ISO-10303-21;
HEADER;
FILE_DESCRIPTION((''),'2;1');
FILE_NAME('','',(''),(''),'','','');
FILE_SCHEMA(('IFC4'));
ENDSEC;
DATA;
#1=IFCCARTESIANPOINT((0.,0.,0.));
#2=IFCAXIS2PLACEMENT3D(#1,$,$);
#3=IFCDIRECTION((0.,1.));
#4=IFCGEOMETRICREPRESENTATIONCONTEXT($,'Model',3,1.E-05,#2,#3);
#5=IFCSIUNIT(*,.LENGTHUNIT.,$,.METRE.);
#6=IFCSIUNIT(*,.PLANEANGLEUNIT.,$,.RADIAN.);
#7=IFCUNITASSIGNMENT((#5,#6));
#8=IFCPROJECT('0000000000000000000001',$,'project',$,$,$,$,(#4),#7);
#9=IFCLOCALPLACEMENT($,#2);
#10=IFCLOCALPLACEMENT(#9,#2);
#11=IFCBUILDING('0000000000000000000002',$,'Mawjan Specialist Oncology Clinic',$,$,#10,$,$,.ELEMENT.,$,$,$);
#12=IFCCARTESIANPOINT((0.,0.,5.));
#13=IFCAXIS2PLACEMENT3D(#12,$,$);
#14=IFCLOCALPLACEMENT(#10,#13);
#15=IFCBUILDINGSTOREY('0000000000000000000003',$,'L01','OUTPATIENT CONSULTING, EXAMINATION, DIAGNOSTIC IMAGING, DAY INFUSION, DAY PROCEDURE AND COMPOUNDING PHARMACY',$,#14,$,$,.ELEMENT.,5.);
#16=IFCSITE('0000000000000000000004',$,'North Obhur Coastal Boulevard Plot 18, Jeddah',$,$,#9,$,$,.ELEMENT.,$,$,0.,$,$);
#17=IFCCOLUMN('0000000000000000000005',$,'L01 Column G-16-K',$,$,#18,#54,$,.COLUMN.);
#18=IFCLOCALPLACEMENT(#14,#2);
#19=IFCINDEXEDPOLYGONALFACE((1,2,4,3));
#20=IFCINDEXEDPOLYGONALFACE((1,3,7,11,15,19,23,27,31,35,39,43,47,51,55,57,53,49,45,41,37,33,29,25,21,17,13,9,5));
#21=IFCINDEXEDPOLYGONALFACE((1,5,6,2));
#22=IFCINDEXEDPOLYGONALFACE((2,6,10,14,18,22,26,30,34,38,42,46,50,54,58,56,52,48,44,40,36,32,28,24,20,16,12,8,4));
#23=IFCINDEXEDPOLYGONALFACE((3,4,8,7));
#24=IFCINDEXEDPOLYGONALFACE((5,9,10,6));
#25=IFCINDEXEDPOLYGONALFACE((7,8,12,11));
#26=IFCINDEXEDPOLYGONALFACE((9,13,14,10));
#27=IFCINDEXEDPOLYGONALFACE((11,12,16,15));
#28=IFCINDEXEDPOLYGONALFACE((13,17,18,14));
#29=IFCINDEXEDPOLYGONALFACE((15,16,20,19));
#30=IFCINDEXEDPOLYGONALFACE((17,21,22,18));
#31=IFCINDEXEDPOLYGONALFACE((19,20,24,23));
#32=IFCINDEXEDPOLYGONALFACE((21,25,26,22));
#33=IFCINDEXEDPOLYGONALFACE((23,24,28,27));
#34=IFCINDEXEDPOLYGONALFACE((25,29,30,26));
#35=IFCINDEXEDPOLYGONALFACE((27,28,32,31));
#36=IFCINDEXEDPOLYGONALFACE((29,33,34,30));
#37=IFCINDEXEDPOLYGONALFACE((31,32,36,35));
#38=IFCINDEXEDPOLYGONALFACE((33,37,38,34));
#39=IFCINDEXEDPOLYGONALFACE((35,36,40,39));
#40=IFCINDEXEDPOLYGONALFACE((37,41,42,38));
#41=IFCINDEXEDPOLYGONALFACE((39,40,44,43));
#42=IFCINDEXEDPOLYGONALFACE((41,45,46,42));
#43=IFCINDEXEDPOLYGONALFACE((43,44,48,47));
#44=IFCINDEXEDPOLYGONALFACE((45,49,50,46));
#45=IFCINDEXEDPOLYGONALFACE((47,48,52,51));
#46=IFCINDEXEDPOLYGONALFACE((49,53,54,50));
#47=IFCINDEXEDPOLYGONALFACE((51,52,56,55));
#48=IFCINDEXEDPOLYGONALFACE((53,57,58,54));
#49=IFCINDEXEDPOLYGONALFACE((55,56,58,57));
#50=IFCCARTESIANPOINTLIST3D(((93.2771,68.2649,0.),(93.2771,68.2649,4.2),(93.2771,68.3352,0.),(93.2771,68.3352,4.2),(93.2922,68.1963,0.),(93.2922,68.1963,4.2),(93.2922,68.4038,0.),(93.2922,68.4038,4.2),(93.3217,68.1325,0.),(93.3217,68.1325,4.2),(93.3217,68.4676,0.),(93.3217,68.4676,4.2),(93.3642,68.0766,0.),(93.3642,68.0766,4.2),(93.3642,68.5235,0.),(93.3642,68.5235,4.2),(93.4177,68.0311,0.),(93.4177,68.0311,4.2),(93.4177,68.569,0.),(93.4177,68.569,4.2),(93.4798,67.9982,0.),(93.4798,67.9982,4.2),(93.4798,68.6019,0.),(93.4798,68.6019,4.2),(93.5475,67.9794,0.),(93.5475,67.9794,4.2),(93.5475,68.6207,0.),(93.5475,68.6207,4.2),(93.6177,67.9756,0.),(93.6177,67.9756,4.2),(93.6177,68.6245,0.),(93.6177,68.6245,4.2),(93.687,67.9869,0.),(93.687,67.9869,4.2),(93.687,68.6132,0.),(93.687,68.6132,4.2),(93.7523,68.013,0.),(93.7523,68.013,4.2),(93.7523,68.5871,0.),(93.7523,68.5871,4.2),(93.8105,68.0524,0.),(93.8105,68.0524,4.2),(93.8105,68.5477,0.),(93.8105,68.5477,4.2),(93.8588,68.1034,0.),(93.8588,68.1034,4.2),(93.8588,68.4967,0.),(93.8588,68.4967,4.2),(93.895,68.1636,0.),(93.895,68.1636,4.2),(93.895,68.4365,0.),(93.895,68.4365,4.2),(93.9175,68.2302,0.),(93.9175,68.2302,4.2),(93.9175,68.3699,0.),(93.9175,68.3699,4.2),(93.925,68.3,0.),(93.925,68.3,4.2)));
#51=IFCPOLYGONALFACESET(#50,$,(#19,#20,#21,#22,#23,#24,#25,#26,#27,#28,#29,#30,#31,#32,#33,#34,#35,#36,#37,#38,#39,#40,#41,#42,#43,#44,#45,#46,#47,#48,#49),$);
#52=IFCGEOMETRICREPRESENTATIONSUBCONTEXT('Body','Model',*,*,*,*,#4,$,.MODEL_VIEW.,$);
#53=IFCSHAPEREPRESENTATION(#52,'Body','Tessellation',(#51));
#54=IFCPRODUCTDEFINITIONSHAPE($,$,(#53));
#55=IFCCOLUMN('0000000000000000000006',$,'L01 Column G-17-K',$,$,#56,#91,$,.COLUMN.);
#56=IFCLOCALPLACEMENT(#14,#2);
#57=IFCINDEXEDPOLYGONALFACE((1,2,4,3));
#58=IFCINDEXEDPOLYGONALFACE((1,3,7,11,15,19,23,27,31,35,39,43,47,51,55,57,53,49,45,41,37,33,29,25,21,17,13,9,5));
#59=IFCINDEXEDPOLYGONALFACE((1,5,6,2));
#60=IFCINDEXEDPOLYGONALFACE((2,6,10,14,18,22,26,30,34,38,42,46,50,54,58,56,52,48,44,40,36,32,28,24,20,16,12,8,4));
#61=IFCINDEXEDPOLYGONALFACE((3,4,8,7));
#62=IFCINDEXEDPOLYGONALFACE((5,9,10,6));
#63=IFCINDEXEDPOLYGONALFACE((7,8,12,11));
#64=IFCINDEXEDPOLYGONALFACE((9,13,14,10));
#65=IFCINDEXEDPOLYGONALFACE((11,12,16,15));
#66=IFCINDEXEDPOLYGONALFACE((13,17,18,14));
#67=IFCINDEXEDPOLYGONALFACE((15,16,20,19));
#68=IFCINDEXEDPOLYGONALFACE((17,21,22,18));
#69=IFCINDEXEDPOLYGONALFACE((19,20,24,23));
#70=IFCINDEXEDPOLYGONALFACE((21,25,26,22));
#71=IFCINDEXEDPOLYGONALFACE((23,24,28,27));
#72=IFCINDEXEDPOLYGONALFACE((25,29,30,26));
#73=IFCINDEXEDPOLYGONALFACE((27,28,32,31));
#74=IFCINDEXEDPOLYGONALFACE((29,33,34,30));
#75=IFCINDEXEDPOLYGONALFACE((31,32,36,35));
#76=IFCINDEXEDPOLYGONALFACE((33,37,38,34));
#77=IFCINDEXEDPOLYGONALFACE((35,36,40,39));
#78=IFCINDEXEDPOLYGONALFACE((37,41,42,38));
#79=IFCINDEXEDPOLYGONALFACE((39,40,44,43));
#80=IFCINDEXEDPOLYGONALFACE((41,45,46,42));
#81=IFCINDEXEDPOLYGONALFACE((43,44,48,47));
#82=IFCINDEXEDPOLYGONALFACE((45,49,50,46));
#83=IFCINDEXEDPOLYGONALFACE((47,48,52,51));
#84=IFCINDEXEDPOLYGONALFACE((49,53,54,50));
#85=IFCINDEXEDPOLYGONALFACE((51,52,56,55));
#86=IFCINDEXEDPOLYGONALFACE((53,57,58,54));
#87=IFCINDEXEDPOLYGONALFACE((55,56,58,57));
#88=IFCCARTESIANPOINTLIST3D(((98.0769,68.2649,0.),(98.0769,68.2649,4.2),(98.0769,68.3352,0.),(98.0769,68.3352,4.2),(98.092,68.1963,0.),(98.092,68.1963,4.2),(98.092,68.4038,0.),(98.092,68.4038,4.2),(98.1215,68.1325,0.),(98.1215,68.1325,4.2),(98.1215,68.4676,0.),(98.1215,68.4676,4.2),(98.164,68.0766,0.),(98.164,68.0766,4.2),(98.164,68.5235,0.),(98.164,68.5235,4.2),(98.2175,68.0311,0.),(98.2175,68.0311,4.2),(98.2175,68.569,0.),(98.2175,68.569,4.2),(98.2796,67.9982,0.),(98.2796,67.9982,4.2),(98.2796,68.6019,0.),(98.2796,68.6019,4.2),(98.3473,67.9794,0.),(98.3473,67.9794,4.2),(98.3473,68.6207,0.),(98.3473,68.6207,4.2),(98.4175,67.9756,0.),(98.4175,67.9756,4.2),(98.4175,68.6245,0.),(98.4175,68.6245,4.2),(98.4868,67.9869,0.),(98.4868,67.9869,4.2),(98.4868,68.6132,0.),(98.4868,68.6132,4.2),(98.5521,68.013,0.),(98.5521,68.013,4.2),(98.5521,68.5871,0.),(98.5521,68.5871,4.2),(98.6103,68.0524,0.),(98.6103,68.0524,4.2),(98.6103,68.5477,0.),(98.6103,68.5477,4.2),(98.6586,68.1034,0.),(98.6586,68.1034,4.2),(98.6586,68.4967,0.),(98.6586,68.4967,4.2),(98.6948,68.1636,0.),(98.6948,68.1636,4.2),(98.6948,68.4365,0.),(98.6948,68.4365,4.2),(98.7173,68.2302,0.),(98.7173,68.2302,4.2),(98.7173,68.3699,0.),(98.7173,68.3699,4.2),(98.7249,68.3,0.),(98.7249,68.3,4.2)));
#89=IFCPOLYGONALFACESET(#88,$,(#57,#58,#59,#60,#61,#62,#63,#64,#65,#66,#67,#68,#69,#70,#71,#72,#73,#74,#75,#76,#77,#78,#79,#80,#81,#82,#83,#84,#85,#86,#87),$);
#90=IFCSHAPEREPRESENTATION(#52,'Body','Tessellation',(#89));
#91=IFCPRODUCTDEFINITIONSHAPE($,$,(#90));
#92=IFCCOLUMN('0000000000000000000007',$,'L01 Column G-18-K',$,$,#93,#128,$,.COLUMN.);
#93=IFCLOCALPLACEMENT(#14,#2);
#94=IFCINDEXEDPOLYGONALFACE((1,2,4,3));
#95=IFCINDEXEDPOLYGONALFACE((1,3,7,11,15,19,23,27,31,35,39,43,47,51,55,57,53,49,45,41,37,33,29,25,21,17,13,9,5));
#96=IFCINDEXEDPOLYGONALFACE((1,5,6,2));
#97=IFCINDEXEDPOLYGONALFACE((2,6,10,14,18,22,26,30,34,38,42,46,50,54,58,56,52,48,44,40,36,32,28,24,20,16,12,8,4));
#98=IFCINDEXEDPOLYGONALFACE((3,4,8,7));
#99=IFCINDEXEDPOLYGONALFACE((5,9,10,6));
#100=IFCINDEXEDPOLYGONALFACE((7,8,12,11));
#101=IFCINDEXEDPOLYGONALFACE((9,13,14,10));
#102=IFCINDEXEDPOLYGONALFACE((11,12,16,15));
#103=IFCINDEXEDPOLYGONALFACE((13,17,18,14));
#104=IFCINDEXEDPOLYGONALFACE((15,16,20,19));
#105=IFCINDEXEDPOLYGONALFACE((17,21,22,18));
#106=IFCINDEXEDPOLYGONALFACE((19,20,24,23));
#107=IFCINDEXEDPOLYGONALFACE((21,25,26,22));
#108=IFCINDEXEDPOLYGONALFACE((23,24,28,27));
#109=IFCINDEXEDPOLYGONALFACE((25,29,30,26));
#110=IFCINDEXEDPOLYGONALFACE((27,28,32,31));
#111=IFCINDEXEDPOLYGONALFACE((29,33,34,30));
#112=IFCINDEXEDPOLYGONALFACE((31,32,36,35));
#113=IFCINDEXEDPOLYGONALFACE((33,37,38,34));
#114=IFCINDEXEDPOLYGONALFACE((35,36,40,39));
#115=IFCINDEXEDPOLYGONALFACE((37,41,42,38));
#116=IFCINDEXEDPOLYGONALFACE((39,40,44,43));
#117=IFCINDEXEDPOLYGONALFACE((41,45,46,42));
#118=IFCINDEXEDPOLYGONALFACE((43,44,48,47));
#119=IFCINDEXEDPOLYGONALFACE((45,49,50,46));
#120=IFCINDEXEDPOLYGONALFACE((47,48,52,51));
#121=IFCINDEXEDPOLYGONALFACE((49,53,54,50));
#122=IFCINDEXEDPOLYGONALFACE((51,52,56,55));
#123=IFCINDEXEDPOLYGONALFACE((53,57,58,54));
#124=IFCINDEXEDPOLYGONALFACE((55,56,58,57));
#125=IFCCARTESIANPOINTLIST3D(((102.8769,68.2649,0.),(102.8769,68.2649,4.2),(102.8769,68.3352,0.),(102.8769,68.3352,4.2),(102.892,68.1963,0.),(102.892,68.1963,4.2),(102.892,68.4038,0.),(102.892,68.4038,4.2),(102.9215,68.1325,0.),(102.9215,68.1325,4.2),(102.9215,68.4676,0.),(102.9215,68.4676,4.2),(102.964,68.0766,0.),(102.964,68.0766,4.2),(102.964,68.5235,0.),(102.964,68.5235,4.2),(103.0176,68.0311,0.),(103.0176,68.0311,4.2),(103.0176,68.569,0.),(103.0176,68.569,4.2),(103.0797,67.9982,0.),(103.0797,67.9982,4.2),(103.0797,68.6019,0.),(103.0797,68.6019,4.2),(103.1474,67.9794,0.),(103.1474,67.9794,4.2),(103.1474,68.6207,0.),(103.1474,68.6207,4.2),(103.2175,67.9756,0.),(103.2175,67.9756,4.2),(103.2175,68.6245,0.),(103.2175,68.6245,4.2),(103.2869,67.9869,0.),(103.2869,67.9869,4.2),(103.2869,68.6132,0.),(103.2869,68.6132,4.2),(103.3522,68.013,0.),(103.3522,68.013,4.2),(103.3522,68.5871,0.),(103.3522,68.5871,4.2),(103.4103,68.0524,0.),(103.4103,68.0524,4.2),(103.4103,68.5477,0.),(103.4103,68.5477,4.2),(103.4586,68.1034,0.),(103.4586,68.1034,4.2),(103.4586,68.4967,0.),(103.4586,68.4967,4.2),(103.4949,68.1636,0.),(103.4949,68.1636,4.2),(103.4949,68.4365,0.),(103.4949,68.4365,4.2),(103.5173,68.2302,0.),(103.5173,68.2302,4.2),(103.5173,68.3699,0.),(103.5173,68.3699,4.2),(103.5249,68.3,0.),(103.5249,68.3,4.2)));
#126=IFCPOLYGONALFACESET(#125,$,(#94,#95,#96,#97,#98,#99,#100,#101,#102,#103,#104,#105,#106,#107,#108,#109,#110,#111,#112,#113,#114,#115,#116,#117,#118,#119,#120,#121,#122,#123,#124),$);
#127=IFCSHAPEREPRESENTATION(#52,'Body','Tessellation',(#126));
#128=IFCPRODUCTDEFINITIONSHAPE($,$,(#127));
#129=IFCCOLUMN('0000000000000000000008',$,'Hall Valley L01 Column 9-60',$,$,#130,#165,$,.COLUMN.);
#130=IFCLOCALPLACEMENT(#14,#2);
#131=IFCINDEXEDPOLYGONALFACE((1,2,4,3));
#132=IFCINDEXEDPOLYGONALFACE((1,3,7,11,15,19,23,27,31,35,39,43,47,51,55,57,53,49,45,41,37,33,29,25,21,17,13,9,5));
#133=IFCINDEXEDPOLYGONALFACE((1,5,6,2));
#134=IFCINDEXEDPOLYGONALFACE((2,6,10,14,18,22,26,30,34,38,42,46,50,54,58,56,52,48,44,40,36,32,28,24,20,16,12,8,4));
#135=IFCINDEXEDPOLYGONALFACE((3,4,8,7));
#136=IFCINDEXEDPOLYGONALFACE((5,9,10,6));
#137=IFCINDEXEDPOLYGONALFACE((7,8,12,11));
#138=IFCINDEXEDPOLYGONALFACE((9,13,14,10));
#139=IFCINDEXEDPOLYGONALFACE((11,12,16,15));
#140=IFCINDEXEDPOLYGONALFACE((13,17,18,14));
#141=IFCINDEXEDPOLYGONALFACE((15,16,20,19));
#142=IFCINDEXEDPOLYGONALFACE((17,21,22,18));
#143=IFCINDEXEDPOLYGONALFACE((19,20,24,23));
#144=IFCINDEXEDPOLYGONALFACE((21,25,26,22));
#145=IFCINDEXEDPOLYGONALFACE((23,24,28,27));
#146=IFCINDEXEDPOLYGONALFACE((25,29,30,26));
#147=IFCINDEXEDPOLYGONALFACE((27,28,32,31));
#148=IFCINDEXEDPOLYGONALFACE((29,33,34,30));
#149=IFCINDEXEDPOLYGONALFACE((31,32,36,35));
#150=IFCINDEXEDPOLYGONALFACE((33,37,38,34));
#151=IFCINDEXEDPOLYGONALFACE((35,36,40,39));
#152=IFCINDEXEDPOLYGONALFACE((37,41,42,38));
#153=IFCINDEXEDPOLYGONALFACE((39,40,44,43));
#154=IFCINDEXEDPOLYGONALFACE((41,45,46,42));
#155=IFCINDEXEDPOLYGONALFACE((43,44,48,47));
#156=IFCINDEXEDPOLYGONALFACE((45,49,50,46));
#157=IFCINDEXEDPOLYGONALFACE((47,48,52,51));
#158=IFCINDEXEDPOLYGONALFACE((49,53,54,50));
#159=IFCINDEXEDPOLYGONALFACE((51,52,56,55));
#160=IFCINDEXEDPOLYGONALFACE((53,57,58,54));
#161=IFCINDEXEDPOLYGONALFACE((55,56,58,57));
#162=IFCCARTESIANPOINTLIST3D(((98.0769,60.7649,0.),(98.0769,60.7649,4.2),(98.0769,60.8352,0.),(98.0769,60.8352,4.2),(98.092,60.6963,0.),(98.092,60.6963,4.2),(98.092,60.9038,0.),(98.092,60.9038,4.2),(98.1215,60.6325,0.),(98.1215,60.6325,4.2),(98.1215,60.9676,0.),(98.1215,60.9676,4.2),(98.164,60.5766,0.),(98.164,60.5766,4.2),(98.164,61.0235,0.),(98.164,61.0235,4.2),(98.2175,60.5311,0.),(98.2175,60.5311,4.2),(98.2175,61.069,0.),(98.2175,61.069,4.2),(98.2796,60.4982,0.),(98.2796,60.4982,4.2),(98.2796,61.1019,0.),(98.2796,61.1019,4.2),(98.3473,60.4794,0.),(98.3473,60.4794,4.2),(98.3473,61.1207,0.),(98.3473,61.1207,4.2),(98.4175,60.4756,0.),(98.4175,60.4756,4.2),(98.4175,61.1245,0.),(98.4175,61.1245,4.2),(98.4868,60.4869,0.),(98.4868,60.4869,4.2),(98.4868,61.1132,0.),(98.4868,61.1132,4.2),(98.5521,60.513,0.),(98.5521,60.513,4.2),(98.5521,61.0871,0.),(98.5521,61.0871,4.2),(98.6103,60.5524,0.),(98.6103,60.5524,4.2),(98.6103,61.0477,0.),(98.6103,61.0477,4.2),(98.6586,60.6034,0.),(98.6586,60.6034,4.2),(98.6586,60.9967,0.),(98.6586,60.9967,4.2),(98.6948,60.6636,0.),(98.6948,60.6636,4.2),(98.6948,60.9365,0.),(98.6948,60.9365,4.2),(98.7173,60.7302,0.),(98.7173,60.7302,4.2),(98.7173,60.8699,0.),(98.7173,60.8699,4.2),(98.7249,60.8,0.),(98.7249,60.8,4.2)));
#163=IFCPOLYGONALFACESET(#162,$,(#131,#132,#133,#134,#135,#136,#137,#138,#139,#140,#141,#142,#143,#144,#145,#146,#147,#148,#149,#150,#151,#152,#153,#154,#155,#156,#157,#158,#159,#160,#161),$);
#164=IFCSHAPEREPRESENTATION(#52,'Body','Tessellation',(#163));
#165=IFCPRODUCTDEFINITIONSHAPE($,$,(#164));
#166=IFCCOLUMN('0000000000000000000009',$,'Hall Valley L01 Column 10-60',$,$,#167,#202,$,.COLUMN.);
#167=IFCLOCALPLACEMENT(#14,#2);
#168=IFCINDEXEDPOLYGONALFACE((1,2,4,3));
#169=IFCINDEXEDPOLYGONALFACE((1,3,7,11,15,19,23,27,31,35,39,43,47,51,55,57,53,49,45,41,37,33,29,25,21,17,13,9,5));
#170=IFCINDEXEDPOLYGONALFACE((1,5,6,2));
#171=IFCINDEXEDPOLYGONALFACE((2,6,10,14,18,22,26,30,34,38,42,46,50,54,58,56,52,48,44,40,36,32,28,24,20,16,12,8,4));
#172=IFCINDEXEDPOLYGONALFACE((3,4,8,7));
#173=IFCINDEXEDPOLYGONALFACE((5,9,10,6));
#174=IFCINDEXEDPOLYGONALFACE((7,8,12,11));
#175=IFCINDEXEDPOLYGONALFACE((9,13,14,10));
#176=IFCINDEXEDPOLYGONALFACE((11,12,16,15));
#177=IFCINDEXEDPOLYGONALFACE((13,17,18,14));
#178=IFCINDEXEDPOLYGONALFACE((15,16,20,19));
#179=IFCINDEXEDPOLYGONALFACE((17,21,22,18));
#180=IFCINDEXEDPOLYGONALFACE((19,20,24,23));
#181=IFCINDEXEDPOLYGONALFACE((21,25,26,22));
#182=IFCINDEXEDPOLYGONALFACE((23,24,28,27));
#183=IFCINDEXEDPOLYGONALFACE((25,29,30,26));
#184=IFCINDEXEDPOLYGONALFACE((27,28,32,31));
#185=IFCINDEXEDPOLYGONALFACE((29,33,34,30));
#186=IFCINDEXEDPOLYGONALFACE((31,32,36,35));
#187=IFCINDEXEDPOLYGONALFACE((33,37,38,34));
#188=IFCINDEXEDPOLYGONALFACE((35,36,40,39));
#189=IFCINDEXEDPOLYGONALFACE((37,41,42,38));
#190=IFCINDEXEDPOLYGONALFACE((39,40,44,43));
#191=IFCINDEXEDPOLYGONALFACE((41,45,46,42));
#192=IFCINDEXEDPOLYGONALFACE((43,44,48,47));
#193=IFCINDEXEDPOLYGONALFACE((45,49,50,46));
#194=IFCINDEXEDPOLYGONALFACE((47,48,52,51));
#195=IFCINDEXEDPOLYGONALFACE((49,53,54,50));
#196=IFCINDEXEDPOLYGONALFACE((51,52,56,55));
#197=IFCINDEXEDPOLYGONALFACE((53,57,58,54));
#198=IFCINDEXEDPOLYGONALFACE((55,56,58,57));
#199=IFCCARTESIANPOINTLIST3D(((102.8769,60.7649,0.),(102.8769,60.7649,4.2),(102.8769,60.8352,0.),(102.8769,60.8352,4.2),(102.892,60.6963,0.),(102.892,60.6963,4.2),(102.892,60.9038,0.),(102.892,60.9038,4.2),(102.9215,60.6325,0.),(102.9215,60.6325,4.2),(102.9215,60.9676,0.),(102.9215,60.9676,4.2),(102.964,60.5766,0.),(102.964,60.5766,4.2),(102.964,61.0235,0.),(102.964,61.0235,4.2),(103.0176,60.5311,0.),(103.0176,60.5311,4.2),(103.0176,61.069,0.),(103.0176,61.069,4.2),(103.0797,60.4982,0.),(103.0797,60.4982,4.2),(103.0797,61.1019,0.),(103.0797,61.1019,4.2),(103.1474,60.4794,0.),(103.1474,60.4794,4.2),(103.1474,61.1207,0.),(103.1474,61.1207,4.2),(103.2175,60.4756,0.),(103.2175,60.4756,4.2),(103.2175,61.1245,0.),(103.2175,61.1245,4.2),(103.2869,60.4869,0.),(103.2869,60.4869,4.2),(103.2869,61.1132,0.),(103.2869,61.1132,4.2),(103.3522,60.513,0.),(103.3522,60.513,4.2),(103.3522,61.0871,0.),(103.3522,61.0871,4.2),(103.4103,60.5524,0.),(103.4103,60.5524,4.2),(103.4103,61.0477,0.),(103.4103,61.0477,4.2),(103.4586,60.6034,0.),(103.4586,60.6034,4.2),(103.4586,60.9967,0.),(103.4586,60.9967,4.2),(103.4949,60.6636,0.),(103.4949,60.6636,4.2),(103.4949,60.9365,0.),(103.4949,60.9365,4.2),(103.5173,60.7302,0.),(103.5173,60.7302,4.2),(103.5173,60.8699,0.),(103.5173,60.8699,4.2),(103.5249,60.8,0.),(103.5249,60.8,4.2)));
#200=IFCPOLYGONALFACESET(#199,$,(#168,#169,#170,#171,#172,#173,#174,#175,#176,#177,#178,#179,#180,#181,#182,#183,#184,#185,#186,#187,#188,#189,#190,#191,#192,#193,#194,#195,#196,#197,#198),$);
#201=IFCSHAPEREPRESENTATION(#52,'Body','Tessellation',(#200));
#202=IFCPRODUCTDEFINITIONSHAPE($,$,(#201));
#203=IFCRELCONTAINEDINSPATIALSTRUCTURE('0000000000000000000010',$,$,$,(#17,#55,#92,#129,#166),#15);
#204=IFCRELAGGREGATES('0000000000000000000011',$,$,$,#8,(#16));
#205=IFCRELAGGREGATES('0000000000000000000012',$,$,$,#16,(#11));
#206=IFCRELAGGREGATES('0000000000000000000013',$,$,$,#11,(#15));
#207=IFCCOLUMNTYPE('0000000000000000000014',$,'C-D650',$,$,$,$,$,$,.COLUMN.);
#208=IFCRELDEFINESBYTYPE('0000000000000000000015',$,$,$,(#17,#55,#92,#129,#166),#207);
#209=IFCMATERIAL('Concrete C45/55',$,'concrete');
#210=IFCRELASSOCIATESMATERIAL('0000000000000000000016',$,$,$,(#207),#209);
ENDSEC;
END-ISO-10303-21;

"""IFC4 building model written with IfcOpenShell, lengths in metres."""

from ifc_helpers import new_model, si_unit, direction, frame, origin, origin_2d, place, context, subcontext, project, spatial, circle, extrude, material, material_profile, profile_set, type_object, element, save


model = new_model("IFC4")

# Units and contexts
model_context = context("Model", 3, precision=1e-05, world=origin(), true_north=direction((0.0, 1.0)))
body_context = subcontext(model_context, "Body", "Model", "MODEL_VIEW")
ifc_project = project(units=[si_unit("LENGTHUNIT", "METRE"), si_unit("PLANEANGLEUNIT", "RADIAN")], contexts=[model_context])

# Site, building, storey
site_placement = place(None, origin())
site = spatial("IfcSite", under=ifc_project, at=site_placement, Name="North Obhur Coastal Boulevard Plot 18, Jeddah", CompositionType="ELEMENT", RefElevation=0.0)
building_placement = place(site_placement, origin())
building = spatial("IfcBuilding", under=site, at=building_placement, Name="Mawjan Specialist Oncology Clinic", CompositionType="ELEMENT")
storey_placement = place(building_placement, frame((0.0, 0.0, 5.0)))
storey = spatial("IfcBuildingStorey", under=building, at=storey_placement, Name="L01", Description="OUTPATIENT CONSULTING, EXAMINATION, DIAGNOSTIC IMAGING, DAY INFUSION, DAY PROCEDURE AND COMPOUNDING PHARMACY", CompositionType="ELEMENT", Elevation=5.0)

# Columns
ifc_material_1 = material(Name="Concrete C45/55", Category="concrete")
ifc_material_profile_1 = material_profile(ifc_material_1, circle(Radius=0.325, at=origin_2d()), Name="RC COL D650", Category="concrete")
ifc_profile_set_1 = profile_set([ifc_material_profile_1], Name="Concrete C45/55")
column_type_1 = type_object("IfcColumnType", Name="C-D650", PredefinedType="COLUMN", material=ifc_profile_set_1)
for number, where, z_axis, x_axis, name in (
    (1, (93.6001, 68.3, 0.0), (0.0, 0.0, 1.0), (1.0, 0.0, 0.0), "L01 Column G-16-K"),
    (2, (98.3999, 68.3, 0.0), (0.0, 0.0, 1.0), (1.0, 0.0, 0.0), "L01 Column G-17-K"),
    (3, (103.2, 68.3, 0.0), (0.0, 0.0, 1.0), (1.0, 0.0, 0.0), "L01 Column G-18-K"),
    (4, (98.3999, 60.8, 0.0), (0.0, 0.0, 1.0), (1.0, 0.0, 0.0), "Hall Valley L01 Column 9-60"),
    (5, (103.2, 60.8, 0.0), (0.0, 0.0, 1.0), (1.0, 0.0, 0.0), "Hall Valley L01 Column 10-60"),
):
    element("IfcColumn", number, at=place(storey_placement, frame(where, z_axis=z_axis, x_axis=x_axis)), inside=storey, type_object=column_type_1, Name=name, PredefinedType="COLUMN", context=body_context, shape_type="SweptSolid", body=[
        extrude(circle(Radius=0.325, at=origin_2d()), origin(), (0.0, 0.0, 1.0), 4.2),
    ])

save(model, "model.ifc")
